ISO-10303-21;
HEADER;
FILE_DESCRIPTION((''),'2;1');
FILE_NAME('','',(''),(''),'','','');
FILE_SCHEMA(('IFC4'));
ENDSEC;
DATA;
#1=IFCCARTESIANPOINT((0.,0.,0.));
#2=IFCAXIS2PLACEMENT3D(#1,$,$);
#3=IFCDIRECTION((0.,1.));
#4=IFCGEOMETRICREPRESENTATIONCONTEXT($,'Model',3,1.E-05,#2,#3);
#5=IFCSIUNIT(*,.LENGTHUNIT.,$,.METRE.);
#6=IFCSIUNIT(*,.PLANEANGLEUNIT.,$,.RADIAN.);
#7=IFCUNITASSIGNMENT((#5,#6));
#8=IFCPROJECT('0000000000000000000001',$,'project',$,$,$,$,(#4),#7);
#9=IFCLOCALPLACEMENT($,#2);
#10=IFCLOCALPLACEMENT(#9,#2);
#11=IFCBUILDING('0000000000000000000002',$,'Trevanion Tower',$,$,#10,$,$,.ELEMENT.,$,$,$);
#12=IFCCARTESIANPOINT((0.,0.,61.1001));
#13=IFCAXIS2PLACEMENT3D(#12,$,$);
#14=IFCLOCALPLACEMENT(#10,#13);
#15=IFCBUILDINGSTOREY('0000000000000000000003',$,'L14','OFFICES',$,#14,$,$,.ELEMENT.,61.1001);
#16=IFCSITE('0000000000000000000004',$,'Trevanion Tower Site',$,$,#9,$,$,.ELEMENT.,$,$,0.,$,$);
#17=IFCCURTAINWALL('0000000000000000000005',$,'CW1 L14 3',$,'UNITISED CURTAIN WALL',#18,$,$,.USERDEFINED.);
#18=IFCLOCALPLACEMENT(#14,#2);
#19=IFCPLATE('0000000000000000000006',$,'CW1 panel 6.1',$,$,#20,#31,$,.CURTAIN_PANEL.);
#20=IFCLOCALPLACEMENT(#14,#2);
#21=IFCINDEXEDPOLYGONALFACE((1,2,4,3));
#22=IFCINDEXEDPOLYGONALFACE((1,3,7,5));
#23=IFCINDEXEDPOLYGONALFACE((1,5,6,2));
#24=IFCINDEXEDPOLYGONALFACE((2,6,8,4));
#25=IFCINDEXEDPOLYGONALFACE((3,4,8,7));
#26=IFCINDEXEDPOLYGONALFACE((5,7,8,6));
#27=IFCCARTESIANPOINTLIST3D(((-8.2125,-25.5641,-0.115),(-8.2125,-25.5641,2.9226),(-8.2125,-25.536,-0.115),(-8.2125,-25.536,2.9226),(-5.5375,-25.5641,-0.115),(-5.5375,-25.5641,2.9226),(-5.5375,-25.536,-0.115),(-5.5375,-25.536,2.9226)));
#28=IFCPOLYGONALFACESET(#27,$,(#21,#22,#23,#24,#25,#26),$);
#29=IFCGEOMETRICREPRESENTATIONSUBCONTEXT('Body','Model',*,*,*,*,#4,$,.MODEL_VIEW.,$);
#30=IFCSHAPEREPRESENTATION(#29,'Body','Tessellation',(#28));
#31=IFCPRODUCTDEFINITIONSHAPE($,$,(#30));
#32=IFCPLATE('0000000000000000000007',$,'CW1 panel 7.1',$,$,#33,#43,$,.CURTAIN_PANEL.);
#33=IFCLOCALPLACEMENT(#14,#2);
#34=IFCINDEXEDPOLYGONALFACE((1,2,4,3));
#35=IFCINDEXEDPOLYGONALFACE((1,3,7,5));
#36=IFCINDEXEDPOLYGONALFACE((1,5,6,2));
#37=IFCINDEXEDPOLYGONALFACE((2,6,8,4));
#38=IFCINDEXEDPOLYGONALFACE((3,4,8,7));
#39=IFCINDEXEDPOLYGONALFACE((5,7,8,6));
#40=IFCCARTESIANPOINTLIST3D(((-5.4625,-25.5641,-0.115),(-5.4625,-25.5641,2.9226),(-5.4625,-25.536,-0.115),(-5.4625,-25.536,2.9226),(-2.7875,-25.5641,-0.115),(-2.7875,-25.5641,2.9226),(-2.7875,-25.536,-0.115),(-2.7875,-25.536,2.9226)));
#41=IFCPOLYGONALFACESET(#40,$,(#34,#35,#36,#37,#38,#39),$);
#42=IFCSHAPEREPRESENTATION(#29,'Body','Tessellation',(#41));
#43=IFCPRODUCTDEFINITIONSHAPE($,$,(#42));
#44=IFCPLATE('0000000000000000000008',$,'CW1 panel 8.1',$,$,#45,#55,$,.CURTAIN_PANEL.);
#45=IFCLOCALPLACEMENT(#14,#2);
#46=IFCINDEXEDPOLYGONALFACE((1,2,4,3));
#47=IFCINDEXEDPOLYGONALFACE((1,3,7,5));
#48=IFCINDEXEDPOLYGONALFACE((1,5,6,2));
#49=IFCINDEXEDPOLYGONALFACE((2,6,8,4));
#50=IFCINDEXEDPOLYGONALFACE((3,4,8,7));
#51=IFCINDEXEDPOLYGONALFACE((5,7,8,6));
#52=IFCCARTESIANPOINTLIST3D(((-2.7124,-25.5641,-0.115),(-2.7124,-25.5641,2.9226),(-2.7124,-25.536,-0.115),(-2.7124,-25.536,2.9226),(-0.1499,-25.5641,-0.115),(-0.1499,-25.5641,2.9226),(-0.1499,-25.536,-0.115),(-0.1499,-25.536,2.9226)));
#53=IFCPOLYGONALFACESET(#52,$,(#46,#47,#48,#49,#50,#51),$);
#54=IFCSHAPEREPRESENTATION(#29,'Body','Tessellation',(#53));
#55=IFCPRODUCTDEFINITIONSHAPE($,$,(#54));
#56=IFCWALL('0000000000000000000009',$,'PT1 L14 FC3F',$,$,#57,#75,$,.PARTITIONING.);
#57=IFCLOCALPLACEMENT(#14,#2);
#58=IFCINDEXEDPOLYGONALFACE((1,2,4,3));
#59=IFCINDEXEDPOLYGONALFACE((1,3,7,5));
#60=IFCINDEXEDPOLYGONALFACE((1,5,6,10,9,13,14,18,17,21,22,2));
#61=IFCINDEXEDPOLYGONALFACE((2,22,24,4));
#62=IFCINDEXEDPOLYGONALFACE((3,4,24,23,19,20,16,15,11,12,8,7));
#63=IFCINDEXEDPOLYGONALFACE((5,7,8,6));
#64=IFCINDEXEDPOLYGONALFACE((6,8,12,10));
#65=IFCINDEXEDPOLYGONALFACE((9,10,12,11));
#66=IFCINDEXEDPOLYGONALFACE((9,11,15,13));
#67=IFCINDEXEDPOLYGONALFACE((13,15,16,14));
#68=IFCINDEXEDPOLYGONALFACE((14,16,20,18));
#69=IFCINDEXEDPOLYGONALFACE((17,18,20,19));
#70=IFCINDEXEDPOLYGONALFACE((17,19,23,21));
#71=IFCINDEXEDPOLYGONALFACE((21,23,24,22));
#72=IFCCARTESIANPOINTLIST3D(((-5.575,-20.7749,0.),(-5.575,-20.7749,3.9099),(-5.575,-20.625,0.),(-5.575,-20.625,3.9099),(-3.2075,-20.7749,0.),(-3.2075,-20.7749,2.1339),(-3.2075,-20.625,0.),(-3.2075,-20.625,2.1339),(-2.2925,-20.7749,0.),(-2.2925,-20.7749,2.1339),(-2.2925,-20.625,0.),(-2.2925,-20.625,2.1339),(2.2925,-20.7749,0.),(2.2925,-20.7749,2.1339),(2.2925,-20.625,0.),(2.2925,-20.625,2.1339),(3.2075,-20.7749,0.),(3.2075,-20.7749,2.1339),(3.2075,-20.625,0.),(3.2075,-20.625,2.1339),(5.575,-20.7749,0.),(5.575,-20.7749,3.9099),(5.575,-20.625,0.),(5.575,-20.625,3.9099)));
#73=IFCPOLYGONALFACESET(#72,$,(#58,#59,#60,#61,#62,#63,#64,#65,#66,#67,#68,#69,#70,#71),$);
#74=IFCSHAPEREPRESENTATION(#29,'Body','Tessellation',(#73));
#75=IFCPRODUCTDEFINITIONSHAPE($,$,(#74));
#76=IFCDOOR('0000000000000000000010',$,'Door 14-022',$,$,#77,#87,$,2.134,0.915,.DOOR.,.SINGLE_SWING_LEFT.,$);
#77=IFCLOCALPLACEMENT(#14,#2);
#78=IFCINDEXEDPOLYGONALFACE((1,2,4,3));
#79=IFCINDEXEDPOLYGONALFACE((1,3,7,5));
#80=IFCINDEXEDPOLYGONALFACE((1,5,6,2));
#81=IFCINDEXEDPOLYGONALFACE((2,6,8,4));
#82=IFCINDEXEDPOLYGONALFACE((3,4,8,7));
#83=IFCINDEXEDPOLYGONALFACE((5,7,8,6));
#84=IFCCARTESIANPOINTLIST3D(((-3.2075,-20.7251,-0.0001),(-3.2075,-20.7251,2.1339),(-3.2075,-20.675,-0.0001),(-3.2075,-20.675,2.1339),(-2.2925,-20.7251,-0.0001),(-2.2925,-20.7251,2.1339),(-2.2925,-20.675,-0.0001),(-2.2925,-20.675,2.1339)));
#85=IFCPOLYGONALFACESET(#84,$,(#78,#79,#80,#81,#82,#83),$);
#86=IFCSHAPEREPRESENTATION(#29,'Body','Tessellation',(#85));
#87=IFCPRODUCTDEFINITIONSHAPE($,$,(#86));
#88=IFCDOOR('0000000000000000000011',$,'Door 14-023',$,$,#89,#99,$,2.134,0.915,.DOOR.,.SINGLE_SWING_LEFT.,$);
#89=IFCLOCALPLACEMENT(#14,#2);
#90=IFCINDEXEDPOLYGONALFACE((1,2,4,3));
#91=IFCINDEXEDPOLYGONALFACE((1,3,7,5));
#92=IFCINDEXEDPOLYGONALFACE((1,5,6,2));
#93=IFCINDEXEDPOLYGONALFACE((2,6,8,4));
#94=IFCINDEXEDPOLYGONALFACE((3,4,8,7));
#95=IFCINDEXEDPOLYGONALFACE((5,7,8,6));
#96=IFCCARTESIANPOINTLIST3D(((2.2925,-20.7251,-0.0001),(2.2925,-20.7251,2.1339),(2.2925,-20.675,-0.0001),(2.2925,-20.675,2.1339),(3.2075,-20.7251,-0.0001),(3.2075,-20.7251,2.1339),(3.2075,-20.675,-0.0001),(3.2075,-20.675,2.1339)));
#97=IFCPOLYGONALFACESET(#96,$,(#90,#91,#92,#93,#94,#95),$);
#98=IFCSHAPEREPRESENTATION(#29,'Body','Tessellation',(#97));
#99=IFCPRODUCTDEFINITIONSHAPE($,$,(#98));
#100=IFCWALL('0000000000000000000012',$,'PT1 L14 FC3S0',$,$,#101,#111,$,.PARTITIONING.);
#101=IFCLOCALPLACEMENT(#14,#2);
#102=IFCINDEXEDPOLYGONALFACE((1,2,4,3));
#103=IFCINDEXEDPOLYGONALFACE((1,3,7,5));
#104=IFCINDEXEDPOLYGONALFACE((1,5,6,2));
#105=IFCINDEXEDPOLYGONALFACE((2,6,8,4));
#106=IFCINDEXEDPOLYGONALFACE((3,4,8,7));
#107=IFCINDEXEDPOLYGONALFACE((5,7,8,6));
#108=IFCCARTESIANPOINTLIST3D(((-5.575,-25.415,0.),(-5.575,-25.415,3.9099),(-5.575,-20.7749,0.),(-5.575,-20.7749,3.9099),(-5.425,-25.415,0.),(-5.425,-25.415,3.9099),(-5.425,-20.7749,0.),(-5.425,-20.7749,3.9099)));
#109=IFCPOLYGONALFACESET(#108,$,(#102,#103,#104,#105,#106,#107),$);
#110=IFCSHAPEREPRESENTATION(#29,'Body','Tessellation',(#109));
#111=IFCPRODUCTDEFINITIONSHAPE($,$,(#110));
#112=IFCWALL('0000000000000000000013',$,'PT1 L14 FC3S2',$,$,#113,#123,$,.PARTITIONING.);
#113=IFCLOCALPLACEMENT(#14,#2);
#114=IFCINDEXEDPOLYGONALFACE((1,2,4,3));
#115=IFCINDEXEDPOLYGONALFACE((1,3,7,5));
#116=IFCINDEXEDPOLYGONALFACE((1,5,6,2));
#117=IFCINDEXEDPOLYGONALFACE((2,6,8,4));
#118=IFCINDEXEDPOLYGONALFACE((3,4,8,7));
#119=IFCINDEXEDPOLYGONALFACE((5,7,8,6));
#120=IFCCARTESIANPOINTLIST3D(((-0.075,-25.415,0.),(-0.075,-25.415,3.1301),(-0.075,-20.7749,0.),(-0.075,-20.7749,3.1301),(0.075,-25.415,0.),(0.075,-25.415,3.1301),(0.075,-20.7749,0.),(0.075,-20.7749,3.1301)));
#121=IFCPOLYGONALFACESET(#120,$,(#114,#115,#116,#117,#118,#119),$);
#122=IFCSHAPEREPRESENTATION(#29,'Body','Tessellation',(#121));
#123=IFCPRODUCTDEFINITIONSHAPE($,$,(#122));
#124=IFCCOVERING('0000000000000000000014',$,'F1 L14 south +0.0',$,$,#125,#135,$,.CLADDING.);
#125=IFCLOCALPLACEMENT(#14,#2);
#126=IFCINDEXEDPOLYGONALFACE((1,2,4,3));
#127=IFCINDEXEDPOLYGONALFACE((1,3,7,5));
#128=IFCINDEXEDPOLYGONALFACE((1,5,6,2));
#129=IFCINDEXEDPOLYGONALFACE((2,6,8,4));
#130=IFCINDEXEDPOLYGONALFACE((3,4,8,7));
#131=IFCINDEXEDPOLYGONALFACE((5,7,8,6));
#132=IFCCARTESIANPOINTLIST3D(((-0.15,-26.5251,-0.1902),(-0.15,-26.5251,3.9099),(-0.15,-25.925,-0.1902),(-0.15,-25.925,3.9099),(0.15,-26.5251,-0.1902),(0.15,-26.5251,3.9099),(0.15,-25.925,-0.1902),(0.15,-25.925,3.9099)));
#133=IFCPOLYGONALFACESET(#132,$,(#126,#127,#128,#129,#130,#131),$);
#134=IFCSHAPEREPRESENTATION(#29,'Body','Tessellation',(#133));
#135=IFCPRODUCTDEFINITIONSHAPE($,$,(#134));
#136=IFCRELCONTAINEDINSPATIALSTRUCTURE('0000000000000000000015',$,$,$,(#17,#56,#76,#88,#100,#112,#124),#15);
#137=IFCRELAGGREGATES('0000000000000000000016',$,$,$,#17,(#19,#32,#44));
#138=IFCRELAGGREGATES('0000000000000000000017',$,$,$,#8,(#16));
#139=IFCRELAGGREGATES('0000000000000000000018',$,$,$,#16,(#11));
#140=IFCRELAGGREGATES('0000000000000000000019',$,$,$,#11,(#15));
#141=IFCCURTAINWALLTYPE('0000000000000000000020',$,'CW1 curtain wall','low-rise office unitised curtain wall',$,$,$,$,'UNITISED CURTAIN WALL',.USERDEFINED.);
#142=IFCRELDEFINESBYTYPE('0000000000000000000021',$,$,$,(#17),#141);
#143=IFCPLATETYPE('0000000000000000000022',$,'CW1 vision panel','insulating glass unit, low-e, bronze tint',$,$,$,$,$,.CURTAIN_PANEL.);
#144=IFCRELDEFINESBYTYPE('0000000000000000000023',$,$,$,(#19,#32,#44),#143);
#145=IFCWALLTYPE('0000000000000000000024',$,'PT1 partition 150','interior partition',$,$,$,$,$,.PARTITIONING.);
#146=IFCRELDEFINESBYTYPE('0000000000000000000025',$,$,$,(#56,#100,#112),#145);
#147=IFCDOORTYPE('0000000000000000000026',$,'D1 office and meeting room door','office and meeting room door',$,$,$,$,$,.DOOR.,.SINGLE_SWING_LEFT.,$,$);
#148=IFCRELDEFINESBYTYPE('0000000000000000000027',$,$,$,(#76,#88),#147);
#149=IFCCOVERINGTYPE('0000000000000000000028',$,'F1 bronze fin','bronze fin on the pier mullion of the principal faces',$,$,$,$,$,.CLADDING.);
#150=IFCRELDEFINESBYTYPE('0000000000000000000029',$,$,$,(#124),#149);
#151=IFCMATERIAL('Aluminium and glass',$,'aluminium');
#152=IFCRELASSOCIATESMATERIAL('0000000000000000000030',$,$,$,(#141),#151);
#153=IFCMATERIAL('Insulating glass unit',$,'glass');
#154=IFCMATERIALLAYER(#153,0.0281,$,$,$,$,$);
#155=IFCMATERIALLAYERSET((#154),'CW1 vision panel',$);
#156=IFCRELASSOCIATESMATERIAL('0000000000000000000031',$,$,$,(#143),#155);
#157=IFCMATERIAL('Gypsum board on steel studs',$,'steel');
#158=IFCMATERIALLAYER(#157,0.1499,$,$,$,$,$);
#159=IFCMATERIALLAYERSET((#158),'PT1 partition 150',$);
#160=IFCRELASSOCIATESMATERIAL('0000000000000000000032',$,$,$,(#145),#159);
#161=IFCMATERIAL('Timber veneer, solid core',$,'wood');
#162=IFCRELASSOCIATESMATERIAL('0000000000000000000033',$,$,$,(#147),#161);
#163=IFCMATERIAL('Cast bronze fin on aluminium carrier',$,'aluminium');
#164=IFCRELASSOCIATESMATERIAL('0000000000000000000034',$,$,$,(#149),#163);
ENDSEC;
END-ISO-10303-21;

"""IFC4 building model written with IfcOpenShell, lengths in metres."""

from ifc_helpers import new_model, si_unit, direction, frame, frame_2d, origin, origin_2d, place, context, subcontext, project, spatial, rectangle, extrude, material, layer, layer_set, type_object, element, fill, aggregate, save


model = new_model("IFC4")

# Units and contexts
model_context = context("Model", 3, precision=1e-05, world=origin(), true_north=direction((0.0, 1.0)))
body_context = subcontext(model_context, "Body", "Model", "MODEL_VIEW")
ifc_project = project(units=[si_unit("LENGTHUNIT", "METRE"), si_unit("PLANEANGLEUNIT", "RADIAN")], contexts=[model_context])

# Site, building, storey
site_placement = place(None, origin())
site = spatial("IfcSite", under=ifc_project, at=site_placement, Name="Trevanion Tower Site", CompositionType="ELEMENT", RefElevation=0.0)
building_placement = place(site_placement, origin())
building = spatial("IfcBuilding", under=site, at=building_placement, Name="Trevanion Tower", CompositionType="ELEMENT")
storey_placement = place(building_placement, frame((0.0, 0.0, 61.1001)))
storey = spatial("IfcBuildingStorey", under=building, at=storey_placement, Name="L14", Description="OFFICES", CompositionType="ELEMENT", Elevation=61.1001)

# Curtain wall
ifc_material_1 = material(Name="Aluminium and glass", Category="aluminium")
curtain_wall_type = type_object("IfcCurtainWallType", Name="CW1 curtain wall", Description="low-rise office unitised curtain wall", ElementType="UNITISED CURTAIN WALL", PredefinedType="USERDEFINED", material=ifc_material_1)
curtain_wall_placement = place(storey_placement, origin())
curtain_wall = element("IfcCurtainWall", 1, at=curtain_wall_placement, inside=storey, type_object=curtain_wall_type, Name="CW1 L14 3", ObjectType="UNITISED CURTAIN WALL", PredefinedType="USERDEFINED")

# Plates
ifc_material_2 = material(Name="Insulating glass unit", Category="glass")
ifc_layer_1 = layer(ifc_material_2, 0.0281)
ifc_layer_set_1 = layer_set([ifc_layer_1], Name="CW1 vision panel")
plate_type_1 = type_object("IfcPlateType", Name="CW1 vision panel", Description="insulating glass unit, low-e, bronze tint", PredefinedType="CURTAIN_PANEL", material=ifc_layer_set_1)
plate_1_placement = place(storey_placement, frame((-6.875, -25.55, -0.115), z_axis=(0.0, 0.0, 1.0), x_axis=(1.0, 0.0, 0.0)))
plate_1 = element("IfcPlate", 2, at=plate_1_placement, type_object=plate_type_1, Name="CW1 panel 6.1", PredefinedType="CURTAIN_PANEL", context=body_context, shape_type="SweptSolid", body=[
    extrude(rectangle(XDim=2.675, YDim=0.0281, at=origin_2d()), origin(), (0.0, 0.0, 1.0), 3.0376),
])
plate_2_placement = place(storey_placement, frame((-4.125, -25.55, -0.115), z_axis=(0.0, 0.0, 1.0), x_axis=(1.0, 0.0, 0.0)))
plate_2 = element("IfcPlate", 3, at=plate_2_placement, type_object=plate_type_1, Name="CW1 panel 7.1", PredefinedType="CURTAIN_PANEL", context=body_context, shape_type="SweptSolid", body=[
    extrude(rectangle(XDim=2.675, YDim=0.0281, at=origin_2d()), origin(), (0.0, 0.0, 1.0), 3.0376),
])
plate_3_placement = place(storey_placement, frame((-1.4312, -25.55, -0.115), z_axis=(0.0, 0.0, 1.0), x_axis=(1.0, 0.0, 0.0)))
plate_3 = element("IfcPlate", 4, at=plate_3_placement, type_object=plate_type_1, Name="CW1 panel 8.1", PredefinedType="CURTAIN_PANEL", context=body_context, shape_type="SweptSolid", body=[
    extrude(rectangle(XDim=2.5625, YDim=0.0281, at=origin_2d()), origin(), (0.0, 0.0, 1.0), 3.0376),
])
aggregate(curtain_wall, [plate_1, plate_2, plate_3])

# Wall, openings, doors
ifc_material_3 = material(Name="Gypsum board on steel studs", Category="steel")
ifc_layer_2 = layer(ifc_material_3, 0.1499)
ifc_layer_set_2 = layer_set([ifc_layer_2], Name="PT1 partition 150")
wall_type = type_object("IfcWallType", Name="PT1 partition 150", Description="interior partition", PredefinedType="PARTITIONING", material=ifc_layer_set_2)
wall_1_placement = place(storey_placement, frame((-5.575, -20.7, 0.0), z_axis=(0.0, 0.0, 1.0), x_axis=(1.0, 0.0, 0.0)))
wall_1 = element("IfcWall", 5, at=wall_1_placement, inside=storey, type_object=wall_type, Name="PT1 L14 FC3F", PredefinedType="PARTITIONING", context=body_context, shape_type="SweptSolid", body=[
    extrude(rectangle(XDim=11.1499, YDim=0.1499, at=frame_2d((5.575, 0.0))), origin(), (0.0, 0.0, 1.0), 3.9099),
])
opening_1_placement = place(wall_1_placement, frame((2.3674, 0.0, 0.0)))
opening_1 = element("IfcOpeningElement", 6, at=opening_1_placement, cuts=wall_1, PredefinedType="OPENING", context=body_context, shape_type="SweptSolid", body=[
    extrude(rectangle(XDim=0.915, YDim=2.134, at=frame_2d((0.4575, 1.0669))), frame((0.0, 0.085, 0.0), z_axis=(0.0, -1.0, 0.0), x_axis=(1.0, 0.0, 0.0)), (0.0, 0.0, 1.0), 0.1699),
])
opening_2_placement = place(wall_1_placement, frame((7.8674, 0.0, 0.0)))
opening_2 = element("IfcOpeningElement", 7, at=opening_2_placement, cuts=wall_1, PredefinedType="OPENING", context=body_context, shape_type="SweptSolid", body=[
    extrude(rectangle(XDim=0.915, YDim=2.134, at=frame_2d((0.4575, 1.0669))), frame((0.0, 0.085, 0.0), z_axis=(0.0, -1.0, 0.0), x_axis=(1.0, 0.0, 0.0)), (0.0, 0.0, 1.0), 0.1699),
])
ifc_material_4 = material(Name="Timber veneer, solid core", Category="wood")
door_type = type_object("IfcDoorType", Name="D1 office and meeting room door", Description="office and meeting room door", OperationType="SINGLE_SWING_LEFT", PredefinedType="DOOR", material=ifc_material_4)
door_1_placement = place(opening_1_placement, origin())
door_1 = element("IfcDoor", 8, at=door_1_placement, inside=storey, type_object=door_type, Name="Door 14-022", OperationType="SINGLE_SWING_LEFT", OverallHeight=2.134, OverallWidth=0.915, PredefinedType="DOOR", context=body_context, shape_type="SweptSolid", body=[
    extrude(rectangle(XDim=0.915, YDim=2.134, at=frame_2d((0.4575, 1.0669))), frame((0.0, 0.0249, 0.0), z_axis=(0.0, -1.0, 0.0), x_axis=(1.0, 0.0, 0.0)), (0.0, 0.0, 1.0), 0.05),
])
fill(opening_1, door_1)
door_2_placement = place(opening_2_placement, origin())
door_2 = element("IfcDoor", 9, at=door_2_placement, inside=storey, type_object=door_type, Name="Door 14-023", OperationType="SINGLE_SWING_LEFT", OverallHeight=2.134, OverallWidth=0.915, PredefinedType="DOOR", context=body_context, shape_type="SweptSolid", body=[
    extrude(rectangle(XDim=0.915, YDim=2.134, at=frame_2d((0.4575, 1.0669))), frame((0.0, 0.0249, 0.0), z_axis=(0.0, -1.0, 0.0), x_axis=(1.0, 0.0, 0.0)), (0.0, 0.0, 1.0), 0.05),
])
fill(opening_2, door_2)

# Walls
wall_2_placement = place(storey_placement, frame((-5.5, -20.7749, 0.0), z_axis=(0.0, 0.0, 1.0), x_axis=(0.0, -1.0, 0.0)))
element("IfcWall", 10, at=wall_2_placement, inside=storey, type_object=wall_type, Name="PT1 L14 FC3S0", PredefinedType="PARTITIONING", context=body_context, shape_type="SweptSolid", body=[
    extrude(rectangle(XDim=4.6401, YDim=0.1499, at=frame_2d((2.3201, 0.0))), origin(), (0.0, 0.0, 1.0), 3.9099),
])
wall_3_placement = place(storey_placement, frame((0.0, -20.7749, 0.0), z_axis=(0.0, 0.0, 1.0), x_axis=(0.0, -1.0, 0.0)))
element("IfcWall", 11, at=wall_3_placement, inside=storey, type_object=wall_type, Name="PT1 L14 FC3S2", PredefinedType="PARTITIONING", context=body_context, shape_type="SweptSolid", body=[
    extrude(rectangle(XDim=4.6401, YDim=0.1499, at=frame_2d((2.3201, 0.0))), origin(), (0.0, 0.0, 1.0), 3.1301),
])

# Covering
ifc_material_5 = material(Name="Cast bronze fin on aluminium carrier", Category="aluminium")
covering_type = type_object("IfcCoveringType", Name="F1 bronze fin", Description="bronze fin on the pier mullion of the principal faces", PredefinedType="CLADDING", material=ifc_material_5)
covering_placement = place(storey_placement, frame((0.0, -26.2251, -0.1902), z_axis=(0.0, 0.0, 1.0), x_axis=(1.0, 0.0, 0.0)))
element("IfcCovering", 12, at=covering_placement, inside=storey, type_object=covering_type, Name="F1 L14 south +0.0", PredefinedType="CLADDING", context=body_context, shape_type="SweptSolid", body=[
    extrude(rectangle(XDim=0.3, YDim=0.6001, at=origin_2d()), origin(), (0.0, 0.0, 1.0), 4.1001),
])

save(model, "model.ifc")
